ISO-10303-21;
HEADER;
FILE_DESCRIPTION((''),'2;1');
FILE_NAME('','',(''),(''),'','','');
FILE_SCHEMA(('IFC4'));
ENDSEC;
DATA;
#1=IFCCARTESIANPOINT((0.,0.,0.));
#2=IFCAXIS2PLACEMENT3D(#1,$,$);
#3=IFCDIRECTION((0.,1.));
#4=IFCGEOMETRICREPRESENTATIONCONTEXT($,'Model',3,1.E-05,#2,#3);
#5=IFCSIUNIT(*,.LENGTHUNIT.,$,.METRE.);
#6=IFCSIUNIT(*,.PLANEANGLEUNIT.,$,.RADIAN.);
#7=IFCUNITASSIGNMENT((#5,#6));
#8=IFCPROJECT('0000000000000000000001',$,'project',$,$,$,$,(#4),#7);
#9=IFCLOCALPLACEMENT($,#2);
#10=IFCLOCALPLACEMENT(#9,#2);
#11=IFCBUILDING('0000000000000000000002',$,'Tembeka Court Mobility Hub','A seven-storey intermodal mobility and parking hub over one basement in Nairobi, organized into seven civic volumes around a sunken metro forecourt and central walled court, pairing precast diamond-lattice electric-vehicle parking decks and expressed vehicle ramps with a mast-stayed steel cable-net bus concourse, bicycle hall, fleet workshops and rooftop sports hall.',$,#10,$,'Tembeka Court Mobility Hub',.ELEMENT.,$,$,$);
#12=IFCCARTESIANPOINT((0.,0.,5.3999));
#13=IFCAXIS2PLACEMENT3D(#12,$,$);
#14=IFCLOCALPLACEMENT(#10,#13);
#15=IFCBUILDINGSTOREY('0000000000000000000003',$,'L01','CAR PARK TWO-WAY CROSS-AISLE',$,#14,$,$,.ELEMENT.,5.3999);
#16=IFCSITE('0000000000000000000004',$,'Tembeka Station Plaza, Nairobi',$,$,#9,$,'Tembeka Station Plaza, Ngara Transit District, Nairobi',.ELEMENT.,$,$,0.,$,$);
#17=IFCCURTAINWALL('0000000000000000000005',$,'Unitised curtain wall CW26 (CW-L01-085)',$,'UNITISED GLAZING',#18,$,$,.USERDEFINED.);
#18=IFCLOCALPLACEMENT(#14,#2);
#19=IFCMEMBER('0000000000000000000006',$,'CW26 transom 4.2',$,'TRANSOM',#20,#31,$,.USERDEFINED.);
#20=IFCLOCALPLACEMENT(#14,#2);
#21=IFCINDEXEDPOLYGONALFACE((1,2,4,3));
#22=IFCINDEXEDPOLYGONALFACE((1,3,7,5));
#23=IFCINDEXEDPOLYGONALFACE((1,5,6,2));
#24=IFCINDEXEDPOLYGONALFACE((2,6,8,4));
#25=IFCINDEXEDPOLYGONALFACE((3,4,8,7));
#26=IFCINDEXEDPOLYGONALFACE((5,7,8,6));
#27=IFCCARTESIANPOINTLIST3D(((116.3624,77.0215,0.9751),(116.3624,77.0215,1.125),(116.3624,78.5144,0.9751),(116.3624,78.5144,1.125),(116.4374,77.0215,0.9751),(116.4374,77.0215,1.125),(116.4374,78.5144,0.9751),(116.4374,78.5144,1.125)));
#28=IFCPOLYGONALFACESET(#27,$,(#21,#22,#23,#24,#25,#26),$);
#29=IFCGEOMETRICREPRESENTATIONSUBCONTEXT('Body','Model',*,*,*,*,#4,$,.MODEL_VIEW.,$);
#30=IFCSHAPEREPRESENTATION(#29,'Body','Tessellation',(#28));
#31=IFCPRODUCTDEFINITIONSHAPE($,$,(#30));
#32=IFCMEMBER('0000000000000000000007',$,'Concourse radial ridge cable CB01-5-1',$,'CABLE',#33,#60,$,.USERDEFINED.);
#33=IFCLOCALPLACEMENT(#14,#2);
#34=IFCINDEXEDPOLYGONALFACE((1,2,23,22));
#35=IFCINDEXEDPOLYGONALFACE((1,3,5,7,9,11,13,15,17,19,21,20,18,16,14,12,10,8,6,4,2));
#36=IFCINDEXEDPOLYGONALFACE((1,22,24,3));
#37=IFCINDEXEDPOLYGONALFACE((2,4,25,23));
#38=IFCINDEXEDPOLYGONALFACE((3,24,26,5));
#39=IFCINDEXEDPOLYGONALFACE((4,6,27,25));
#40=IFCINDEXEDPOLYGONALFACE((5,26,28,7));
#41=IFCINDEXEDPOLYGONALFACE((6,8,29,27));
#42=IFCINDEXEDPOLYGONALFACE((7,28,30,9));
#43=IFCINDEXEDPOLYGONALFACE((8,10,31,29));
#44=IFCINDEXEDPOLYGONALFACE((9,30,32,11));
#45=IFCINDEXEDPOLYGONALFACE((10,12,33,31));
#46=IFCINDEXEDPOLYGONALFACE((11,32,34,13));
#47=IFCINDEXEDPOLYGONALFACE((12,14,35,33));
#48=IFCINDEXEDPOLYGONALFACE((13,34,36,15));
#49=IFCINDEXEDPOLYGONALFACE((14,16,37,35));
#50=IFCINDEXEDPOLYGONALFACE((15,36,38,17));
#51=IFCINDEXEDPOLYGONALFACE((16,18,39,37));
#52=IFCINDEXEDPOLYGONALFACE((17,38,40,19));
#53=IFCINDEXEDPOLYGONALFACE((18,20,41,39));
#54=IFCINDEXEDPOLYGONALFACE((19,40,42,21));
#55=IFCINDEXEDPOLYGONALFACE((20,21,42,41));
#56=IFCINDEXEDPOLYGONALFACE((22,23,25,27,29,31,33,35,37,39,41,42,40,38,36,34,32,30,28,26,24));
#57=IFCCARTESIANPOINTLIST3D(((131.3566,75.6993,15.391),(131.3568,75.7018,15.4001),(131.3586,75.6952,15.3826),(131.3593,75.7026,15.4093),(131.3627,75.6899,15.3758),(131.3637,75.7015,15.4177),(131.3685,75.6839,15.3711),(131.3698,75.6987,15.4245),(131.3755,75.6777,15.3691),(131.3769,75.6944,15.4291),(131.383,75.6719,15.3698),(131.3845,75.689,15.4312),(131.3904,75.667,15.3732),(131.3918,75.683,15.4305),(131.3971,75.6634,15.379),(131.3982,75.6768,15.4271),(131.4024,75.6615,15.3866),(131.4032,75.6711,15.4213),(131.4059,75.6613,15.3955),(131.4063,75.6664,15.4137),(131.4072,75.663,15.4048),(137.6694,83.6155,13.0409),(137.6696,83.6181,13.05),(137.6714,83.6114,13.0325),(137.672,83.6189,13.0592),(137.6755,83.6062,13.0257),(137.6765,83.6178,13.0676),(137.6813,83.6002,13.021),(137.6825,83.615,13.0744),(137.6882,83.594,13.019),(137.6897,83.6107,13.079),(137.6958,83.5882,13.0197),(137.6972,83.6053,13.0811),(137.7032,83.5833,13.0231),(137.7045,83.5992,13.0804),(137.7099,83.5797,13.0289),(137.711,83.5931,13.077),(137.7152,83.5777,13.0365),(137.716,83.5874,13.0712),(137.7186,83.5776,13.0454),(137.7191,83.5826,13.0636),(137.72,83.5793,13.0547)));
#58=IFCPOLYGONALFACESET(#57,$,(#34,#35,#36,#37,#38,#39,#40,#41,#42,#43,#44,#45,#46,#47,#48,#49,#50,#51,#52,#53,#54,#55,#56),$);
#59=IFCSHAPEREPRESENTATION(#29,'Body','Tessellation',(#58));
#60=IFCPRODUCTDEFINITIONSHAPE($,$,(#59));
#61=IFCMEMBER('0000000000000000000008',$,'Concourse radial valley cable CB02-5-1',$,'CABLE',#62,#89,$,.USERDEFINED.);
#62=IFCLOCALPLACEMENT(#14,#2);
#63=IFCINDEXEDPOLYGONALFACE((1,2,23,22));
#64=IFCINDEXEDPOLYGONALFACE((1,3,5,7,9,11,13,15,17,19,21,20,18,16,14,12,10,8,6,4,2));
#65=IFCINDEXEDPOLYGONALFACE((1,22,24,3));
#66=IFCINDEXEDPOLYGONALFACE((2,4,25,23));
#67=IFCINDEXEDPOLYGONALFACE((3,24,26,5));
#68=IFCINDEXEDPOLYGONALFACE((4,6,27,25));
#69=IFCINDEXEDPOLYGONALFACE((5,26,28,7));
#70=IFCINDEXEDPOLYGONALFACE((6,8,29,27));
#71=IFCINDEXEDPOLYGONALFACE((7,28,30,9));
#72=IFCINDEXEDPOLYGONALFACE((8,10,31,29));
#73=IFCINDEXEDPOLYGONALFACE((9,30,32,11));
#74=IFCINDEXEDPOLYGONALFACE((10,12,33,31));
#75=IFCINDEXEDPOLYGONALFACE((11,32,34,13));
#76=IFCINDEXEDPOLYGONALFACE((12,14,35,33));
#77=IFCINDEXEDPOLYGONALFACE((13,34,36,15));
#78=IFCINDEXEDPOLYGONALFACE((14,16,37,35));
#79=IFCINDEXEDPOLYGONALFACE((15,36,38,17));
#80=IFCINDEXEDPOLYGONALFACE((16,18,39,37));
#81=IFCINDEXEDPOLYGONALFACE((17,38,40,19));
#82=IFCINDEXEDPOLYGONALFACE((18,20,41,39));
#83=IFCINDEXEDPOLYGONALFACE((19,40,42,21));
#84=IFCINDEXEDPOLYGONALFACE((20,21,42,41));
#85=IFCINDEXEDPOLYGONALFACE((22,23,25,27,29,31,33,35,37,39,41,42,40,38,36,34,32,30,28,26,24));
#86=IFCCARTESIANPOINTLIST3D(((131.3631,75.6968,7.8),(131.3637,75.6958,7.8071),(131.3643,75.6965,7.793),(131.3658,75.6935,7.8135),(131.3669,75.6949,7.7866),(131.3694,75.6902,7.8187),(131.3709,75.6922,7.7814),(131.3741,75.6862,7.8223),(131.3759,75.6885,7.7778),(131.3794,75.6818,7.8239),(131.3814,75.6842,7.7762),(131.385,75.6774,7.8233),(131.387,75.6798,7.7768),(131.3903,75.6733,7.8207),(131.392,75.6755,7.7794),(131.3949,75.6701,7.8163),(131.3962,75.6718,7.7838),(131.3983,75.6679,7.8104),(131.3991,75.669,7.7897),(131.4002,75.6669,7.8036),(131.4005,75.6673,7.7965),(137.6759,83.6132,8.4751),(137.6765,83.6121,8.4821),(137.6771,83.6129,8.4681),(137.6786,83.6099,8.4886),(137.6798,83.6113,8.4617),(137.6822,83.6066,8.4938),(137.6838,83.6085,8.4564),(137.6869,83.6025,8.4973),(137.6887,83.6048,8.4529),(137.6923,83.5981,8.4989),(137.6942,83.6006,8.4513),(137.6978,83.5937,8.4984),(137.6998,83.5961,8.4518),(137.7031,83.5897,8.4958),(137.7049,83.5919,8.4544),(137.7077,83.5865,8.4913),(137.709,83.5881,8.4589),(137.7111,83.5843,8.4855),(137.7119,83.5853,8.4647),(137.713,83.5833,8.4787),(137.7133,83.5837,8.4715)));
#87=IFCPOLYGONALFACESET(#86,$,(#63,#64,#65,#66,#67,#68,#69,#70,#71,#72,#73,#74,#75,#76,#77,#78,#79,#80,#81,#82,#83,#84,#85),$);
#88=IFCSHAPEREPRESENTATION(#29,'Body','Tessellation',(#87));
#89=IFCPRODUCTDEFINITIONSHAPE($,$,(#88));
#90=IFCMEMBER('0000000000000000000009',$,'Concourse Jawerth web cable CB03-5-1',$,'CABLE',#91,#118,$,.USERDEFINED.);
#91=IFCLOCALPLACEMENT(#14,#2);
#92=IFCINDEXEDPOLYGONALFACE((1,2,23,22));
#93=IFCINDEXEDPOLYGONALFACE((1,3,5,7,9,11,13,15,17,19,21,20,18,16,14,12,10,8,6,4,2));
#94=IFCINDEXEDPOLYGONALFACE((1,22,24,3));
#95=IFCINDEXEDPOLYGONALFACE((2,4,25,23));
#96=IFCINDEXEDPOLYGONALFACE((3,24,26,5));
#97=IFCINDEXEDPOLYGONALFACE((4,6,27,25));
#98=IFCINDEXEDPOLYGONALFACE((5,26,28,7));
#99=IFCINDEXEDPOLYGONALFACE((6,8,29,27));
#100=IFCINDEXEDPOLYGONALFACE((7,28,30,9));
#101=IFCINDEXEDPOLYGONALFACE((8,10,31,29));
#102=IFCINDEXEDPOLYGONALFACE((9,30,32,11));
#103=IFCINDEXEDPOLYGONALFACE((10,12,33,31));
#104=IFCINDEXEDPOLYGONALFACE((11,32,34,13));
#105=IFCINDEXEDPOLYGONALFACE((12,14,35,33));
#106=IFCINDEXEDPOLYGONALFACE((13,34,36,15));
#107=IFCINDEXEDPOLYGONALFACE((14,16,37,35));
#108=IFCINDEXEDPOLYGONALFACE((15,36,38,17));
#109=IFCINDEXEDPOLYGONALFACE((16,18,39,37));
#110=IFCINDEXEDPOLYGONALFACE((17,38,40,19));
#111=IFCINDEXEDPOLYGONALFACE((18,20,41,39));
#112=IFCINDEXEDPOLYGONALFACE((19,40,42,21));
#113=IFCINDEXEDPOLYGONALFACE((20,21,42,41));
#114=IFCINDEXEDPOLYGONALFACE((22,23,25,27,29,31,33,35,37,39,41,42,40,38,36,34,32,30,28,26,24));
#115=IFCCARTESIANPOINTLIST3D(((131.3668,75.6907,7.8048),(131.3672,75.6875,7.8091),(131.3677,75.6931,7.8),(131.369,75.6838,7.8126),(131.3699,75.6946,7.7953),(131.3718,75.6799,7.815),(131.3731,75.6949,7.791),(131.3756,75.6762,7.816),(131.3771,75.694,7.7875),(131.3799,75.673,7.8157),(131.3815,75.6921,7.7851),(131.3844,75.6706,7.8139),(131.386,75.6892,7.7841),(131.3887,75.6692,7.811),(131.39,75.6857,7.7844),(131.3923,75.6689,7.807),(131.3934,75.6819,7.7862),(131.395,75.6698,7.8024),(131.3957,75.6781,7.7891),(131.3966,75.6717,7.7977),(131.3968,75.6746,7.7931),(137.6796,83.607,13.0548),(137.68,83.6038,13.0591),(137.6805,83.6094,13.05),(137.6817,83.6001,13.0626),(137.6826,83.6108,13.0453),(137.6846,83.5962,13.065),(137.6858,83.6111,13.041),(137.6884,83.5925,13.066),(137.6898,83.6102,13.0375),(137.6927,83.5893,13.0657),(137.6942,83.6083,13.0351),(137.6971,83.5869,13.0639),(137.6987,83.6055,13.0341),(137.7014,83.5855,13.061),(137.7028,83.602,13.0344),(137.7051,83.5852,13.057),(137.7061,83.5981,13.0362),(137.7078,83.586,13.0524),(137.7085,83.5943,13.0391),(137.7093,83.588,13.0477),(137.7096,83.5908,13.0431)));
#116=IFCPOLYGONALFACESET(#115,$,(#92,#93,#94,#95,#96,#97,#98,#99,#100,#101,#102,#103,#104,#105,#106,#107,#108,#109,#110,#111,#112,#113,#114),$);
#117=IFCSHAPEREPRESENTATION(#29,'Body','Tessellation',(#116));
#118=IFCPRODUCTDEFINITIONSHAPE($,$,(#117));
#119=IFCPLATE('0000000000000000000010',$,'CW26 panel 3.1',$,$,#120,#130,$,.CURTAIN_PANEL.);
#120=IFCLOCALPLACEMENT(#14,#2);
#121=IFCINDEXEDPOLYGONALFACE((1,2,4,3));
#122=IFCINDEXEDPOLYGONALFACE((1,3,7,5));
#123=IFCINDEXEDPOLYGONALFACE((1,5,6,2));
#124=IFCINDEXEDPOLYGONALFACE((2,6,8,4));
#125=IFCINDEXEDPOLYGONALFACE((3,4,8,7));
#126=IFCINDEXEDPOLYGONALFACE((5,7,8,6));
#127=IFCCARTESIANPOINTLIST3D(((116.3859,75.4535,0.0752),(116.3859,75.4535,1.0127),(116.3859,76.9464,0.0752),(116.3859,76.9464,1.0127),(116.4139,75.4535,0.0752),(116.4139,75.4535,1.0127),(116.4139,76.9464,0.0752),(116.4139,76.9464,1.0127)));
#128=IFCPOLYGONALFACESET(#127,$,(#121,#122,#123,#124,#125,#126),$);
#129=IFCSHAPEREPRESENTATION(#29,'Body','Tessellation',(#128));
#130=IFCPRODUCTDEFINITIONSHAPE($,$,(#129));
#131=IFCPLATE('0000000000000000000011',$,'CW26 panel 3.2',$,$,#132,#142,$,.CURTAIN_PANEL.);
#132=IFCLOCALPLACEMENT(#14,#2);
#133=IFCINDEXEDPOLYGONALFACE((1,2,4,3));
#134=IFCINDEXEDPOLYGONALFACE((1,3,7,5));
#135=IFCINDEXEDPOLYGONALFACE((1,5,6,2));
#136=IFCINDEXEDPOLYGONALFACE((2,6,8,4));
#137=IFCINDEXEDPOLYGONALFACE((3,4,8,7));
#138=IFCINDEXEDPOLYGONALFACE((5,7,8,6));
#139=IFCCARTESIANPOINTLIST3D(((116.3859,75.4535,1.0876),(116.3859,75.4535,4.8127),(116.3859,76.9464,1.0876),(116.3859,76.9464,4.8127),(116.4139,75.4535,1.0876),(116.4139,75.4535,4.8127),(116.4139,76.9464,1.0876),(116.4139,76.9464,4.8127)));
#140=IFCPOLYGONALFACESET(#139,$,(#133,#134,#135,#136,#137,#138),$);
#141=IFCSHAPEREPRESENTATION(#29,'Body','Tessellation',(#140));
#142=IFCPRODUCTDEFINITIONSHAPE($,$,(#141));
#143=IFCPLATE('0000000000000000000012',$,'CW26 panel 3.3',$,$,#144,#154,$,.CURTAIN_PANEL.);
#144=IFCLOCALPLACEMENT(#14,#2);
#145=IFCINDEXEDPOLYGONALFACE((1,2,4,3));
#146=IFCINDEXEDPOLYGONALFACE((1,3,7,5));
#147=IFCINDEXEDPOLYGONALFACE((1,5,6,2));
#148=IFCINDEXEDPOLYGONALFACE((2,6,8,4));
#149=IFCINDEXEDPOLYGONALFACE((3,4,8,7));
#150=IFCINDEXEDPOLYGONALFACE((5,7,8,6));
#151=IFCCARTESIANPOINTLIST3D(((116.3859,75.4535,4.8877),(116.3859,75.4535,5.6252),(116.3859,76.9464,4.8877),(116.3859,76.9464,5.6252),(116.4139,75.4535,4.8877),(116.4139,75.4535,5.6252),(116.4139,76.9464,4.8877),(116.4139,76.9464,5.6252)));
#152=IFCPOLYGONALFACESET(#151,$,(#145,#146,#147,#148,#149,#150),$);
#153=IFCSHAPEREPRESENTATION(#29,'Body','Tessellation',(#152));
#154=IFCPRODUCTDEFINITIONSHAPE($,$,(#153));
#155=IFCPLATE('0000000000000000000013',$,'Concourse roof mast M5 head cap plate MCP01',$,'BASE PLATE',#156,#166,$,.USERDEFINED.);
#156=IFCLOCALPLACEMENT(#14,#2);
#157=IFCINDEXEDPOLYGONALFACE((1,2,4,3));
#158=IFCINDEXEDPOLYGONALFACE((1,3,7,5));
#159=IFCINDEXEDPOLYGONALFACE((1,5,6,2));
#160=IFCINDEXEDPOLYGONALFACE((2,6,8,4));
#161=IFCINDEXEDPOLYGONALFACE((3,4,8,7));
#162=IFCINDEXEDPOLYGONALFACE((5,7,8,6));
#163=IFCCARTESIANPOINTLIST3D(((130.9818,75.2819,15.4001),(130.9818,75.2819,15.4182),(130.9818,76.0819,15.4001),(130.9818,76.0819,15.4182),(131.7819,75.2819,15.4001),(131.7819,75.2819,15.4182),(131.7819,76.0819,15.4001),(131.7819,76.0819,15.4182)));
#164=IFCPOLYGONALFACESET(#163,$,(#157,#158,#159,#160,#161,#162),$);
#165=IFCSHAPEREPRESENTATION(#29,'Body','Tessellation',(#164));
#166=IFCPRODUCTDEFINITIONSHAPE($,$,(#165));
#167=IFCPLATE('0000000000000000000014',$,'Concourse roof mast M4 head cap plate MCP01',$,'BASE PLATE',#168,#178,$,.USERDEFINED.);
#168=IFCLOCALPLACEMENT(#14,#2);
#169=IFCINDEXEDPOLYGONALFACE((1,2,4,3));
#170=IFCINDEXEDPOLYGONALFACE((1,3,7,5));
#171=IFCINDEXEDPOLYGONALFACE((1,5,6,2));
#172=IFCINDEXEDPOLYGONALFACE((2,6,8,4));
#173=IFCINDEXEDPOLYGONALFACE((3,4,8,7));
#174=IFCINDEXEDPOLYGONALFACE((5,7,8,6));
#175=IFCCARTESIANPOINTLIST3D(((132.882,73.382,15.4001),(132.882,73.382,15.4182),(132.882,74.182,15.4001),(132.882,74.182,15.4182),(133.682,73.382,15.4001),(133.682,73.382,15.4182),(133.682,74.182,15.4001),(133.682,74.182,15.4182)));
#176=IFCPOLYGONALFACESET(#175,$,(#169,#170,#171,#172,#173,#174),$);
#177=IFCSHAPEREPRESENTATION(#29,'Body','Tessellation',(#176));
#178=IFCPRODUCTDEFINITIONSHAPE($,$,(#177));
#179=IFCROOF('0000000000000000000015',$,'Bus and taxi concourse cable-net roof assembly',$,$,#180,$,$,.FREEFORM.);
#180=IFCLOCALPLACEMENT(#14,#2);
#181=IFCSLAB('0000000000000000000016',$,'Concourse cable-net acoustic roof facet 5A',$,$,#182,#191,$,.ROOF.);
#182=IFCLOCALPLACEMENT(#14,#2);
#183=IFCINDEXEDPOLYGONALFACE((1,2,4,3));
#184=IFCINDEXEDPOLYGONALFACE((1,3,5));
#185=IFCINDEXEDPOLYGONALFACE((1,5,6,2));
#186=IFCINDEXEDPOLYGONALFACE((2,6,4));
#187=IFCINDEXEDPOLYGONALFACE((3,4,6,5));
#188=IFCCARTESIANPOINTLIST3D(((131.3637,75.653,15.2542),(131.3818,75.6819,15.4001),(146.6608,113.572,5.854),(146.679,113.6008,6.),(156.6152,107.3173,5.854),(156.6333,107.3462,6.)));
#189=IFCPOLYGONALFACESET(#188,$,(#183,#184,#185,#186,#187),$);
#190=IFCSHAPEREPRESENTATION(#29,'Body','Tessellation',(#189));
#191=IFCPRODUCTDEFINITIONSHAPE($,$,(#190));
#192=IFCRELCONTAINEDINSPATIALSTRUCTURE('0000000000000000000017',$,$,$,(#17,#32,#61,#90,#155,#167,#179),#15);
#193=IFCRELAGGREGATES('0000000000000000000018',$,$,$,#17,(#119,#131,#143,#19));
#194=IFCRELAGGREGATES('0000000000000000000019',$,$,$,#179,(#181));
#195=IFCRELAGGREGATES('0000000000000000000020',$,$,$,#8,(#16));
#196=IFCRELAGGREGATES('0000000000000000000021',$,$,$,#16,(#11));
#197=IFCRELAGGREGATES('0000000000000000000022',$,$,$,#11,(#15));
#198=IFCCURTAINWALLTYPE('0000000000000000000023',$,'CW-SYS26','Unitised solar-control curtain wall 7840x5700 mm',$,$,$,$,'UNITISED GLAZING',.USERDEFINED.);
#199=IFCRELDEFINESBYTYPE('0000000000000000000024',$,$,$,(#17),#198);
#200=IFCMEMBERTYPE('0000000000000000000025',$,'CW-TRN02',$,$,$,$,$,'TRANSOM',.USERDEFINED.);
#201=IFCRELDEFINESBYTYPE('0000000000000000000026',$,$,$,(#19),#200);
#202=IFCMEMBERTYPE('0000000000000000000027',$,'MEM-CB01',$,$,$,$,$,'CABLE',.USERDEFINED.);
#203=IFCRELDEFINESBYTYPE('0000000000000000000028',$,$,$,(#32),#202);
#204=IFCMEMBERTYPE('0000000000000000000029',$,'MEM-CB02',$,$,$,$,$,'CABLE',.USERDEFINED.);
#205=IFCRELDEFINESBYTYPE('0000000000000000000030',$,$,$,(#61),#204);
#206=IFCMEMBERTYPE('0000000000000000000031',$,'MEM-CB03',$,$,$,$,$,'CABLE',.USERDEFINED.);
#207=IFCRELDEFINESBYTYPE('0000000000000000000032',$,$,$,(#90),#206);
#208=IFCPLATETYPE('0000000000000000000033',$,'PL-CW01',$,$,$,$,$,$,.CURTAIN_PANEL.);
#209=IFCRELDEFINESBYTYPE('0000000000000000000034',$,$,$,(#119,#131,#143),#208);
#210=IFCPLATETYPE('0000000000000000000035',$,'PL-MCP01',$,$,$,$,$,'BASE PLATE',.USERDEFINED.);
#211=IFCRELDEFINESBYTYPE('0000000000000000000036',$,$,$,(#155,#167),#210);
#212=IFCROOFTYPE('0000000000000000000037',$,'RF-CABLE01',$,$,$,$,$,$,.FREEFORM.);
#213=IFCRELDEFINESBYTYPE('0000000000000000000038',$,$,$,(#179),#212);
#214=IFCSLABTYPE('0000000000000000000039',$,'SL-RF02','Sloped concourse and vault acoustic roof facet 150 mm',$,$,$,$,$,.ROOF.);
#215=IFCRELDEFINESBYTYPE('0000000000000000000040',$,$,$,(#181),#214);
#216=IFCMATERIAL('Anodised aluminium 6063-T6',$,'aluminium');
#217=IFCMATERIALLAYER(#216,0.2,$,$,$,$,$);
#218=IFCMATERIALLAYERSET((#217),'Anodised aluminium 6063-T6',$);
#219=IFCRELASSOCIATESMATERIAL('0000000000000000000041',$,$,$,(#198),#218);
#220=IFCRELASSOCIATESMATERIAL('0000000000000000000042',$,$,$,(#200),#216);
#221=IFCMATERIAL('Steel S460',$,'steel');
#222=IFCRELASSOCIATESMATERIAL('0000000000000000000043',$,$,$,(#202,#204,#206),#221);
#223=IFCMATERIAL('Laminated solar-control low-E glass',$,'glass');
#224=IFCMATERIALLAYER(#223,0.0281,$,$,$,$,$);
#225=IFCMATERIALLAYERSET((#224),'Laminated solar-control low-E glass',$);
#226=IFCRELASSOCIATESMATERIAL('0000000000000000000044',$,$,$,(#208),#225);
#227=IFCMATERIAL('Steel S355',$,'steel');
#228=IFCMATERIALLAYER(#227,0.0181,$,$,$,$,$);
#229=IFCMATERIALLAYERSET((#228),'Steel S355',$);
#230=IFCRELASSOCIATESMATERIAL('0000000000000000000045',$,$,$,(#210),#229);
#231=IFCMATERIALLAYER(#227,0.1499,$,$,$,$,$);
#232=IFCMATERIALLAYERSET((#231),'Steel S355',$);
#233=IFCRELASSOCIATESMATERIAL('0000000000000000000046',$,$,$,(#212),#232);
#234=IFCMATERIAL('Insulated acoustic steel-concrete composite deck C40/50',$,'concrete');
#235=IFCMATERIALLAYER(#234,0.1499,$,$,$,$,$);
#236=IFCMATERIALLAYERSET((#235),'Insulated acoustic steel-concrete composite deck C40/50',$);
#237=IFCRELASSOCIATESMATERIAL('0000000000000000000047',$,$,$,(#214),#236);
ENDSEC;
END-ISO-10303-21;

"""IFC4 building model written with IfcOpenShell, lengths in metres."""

from ifc_helpers import new_model, si_unit, direction, frame, origin, origin_2d, place, context, subcontext, project, spatial, polyline, rectangle, circle, outline, extrude, material, layer, layer_set, material_profile, profile_set, type_object, element, aggregate, save


model = new_model("IFC4")

# Units and contexts
model_context = context("Model", 3, precision=1e-05, world=origin(), true_north=direction((0.0, 1.0)))
body_context = subcontext(model_context, "Body", "Model", "MODEL_VIEW")
ifc_project = project(units=[si_unit("LENGTHUNIT", "METRE"), si_unit("PLANEANGLEUNIT", "RADIAN")], contexts=[model_context])

# Site, building, storey
site_placement = place(None, origin())
site = spatial("IfcSite", under=ifc_project, at=site_placement, Name="Tembeka Station Plaza, Nairobi", LongName="Tembeka Station Plaza, Ngara Transit District, Nairobi", CompositionType="ELEMENT", RefElevation=0.0)
building_placement = place(site_placement, origin())
building = spatial("IfcBuilding", under=site, at=building_placement, Name="Tembeka Court Mobility Hub", Description="A seven-storey intermodal mobility and parking hub over one basement in Nairobi, organized into seven civic volumes around a sunken metro forecourt and central walled court, pairing precast diamond-lattice electric-vehicle parking decks and expressed vehicle ramps with a mast-stayed steel cable-net bus concourse, bicycle hall, fleet workshops and rooftop sports hall.", LongName="Tembeka Court Mobility Hub", CompositionType="ELEMENT")
storey_placement = place(building_placement, frame((0.0, 0.0, 5.3999)))
storey = spatial("IfcBuildingStorey", under=building, at=storey_placement, Name="L01", Description="CAR PARK TWO-WAY CROSS-AISLE", CompositionType="ELEMENT", Elevation=5.3999)

# Shared definitions
ifc_material_1 = material(Name="Steel S355", Category="steel")

# Curtain wall, member
ifc_material_2 = material(Name="Anodised aluminium 6063-T6", Category="aluminium")
ifc_layer_1 = layer(ifc_material_2, 0.2)
ifc_layer_set_1 = layer_set([ifc_layer_1], Name="Anodised aluminium 6063-T6")
curtain_wall_type = type_object("IfcCurtainWallType", Name="CW-SYS26", Description="Unitised solar-control curtain wall 7840x5700 mm", ElementType="UNITISED GLAZING", PredefinedType="USERDEFINED", material=ifc_layer_set_1)
curtain_wall_placement = place(storey_placement, origin())
curtain_wall = element("IfcCurtainWall", 1, at=curtain_wall_placement, inside=storey, type_object=curtain_wall_type, Name="Unitised curtain wall CW26 (CW-L01-085)", ObjectType="UNITISED GLAZING", PredefinedType="USERDEFINED")
ifc_material_profile_1 = material_profile(ifc_material_2, rectangle(XDim=0.075, YDim=0.1499, at=origin_2d()), Name="ALU-TRN 75x150")
ifc_profile_set_1 = profile_set([ifc_material_profile_1], Name="Anodised aluminium 6063-T6")
member_type_1 = type_object("IfcMemberType", Name="CW-TRN02", ElementType="TRANSOM", PredefinedType="USERDEFINED", material=ifc_profile_set_1)
member_1_placement = place(storey_placement, frame((116.3999, 77.0215, 1.05), z_axis=(0.0, 1.0, 0.0), x_axis=(-1.0, 0.0, 0.0)))
member_1 = element("IfcMember", 2, at=member_1_placement, type_object=member_type_1, Name="CW26 transom 4.2", ObjectType="TRANSOM", PredefinedType="USERDEFINED", context=body_context, shape_type="SweptSolid", body=[
    extrude(rectangle(XDim=0.075, YDim=0.1499, at=origin_2d()), origin(), (0.0, 0.0, 1.0), 1.4929),
])

# Members
ifc_material_3 = material(Name="Steel S460", Category="steel")
ifc_material_profile_2 = material_profile(ifc_material_3, circle(Radius=0.032, at=origin_2d()), Name="CABLE D64")
ifc_profile_set_2 = profile_set([ifc_material_profile_2], Name="Steel S460")
member_type_2 = type_object("IfcMemberType", Name="MEM-CB01", ElementType="CABLE", PredefinedType="USERDEFINED", material=ifc_profile_set_2)
member_2_placement = place(storey_placement, frame((131.3818, 75.6819, 15.4001), z_axis=(0.607329, 0.761598, -0.226095), x_axis=(-0.781844, 0.623474, 0.0)))
element("IfcMember", 3, at=member_2_placement, inside=storey, type_object=member_type_2, Name="Concourse radial ridge cable CB01-5-1", ObjectType="CABLE", PredefinedType="USERDEFINED", context=body_context, shape_type="SweptSolid", body=[
    extrude(circle(Radius=0.032, at=origin_2d()), origin(), (0.0, 0.0, 1.0), 10.3943),
])
ifc_material_profile_3 = material_profile(ifc_material_3, circle(Radius=0.0239, at=origin_2d()), Name="CABLE D48")
ifc_profile_set_3 = profile_set([ifc_material_profile_3], Name="Steel S460")
member_type_3 = type_object("IfcMemberType", Name="MEM-CB02", ElementType="CABLE", PredefinedType="USERDEFINED", material=ifc_profile_set_3)
member_3_placement = place(storey_placement, frame((131.3818, 75.6819, 7.8), z_axis=(0.622093, 0.780112, 0.066523), x_axis=(-0.781844, 0.623474, 0.0)))
element("IfcMember", 4, at=member_3_placement, inside=storey, type_object=member_type_3, Name="Concourse radial valley cable CB02-5-1", ObjectType="CABLE", PredefinedType="USERDEFINED", context=body_context, shape_type="SweptSolid", body=[
    extrude(circle(Radius=0.0239, at=origin_2d()), origin(), (0.0, 0.0, 1.0), 10.1477),
])
ifc_material_profile_4 = material_profile(ifc_material_3, circle(Radius=0.0181, at=origin_2d()), Name="CABLE D36")
ifc_profile_set_4 = profile_set([ifc_material_profile_4], Name="Steel S460")
member_type_4 = type_object("IfcMemberType", Name="MEM-CB03", ElementType="CABLE", PredefinedType="USERDEFINED", material=ifc_profile_set_4)
member_4_placement = place(storey_placement, frame((131.3818, 75.6819, 7.8), z_axis=(0.553493, 0.694087, 0.460313), x_axis=(-0.781844, 0.623474, 0.0)))
element("IfcMember", 5, at=member_4_placement, inside=storey, type_object=member_type_4, Name="Concourse Jawerth web cable CB03-5-1", ObjectType="CABLE", PredefinedType="USERDEFINED", context=body_context, shape_type="SweptSolid", body=[
    extrude(circle(Radius=0.0181, at=origin_2d()), origin(), (0.0, 0.0, 1.0), 11.4053),
])

# Plates
ifc_material_4 = material(Name="Laminated solar-control low-E glass", Category="glass")
ifc_layer_2 = layer(ifc_material_4, 0.0281)
ifc_layer_set_2 = layer_set([ifc_layer_2], Name="Laminated solar-control low-E glass")
plate_type_1 = type_object("IfcPlateType", Name="PL-CW01", PredefinedType="CURTAIN_PANEL", material=ifc_layer_set_2)
plate_1_placement = place(storey_placement, frame((116.3999, 76.2, 0.0752), z_axis=(0.0, 0.0, 1.0), x_axis=(0.0, 1.0, 0.0)))
plate_1 = element("IfcPlate", 6, at=plate_1_placement, type_object=plate_type_1, Name="CW26 panel 3.1", PredefinedType="CURTAIN_PANEL", context=body_context, shape_type="SweptSolid", body=[
    extrude(rectangle(XDim=1.4929, YDim=0.0281, at=origin_2d()), origin(), (0.0, 0.0, 1.0), 0.9375),
])
plate_2_placement = place(storey_placement, frame((116.3999, 76.2, 1.0876), z_axis=(0.0, 0.0, 1.0), x_axis=(0.0, 1.0, 0.0)))
plate_2 = element("IfcPlate", 7, at=plate_2_placement, type_object=plate_type_1, Name="CW26 panel 3.2", PredefinedType="CURTAIN_PANEL", context=body_context, shape_type="SweptSolid", body=[
    extrude(rectangle(XDim=1.4929, YDim=0.0281, at=origin_2d()), origin(), (0.0, 0.0, 1.0), 3.7251),
])
plate_3_placement = place(storey_placement, frame((116.3999, 76.2, 4.8877), z_axis=(0.0, 0.0, 1.0), x_axis=(0.0, 1.0, 0.0)))
plate_3 = element("IfcPlate", 8, at=plate_3_placement, type_object=plate_type_1, Name="CW26 panel 3.3", PredefinedType="CURTAIN_PANEL", context=body_context, shape_type="SweptSolid", body=[
    extrude(rectangle(XDim=1.4929, YDim=0.0281, at=origin_2d()), origin(), (0.0, 0.0, 1.0), 0.7375),
])
aggregate(curtain_wall, [plate_1, plate_2, plate_3, member_1])

# Plates
ifc_layer_3 = layer(ifc_material_1, 0.0181)
ifc_layer_set_3 = layer_set([ifc_layer_3], Name="Steel S355")
plate_type_2 = type_object("IfcPlateType", Name="PL-MCP01", ElementType="BASE PLATE", PredefinedType="USERDEFINED", material=ifc_layer_set_3)
for number, where, z_axis, x_axis, name in (
    (9, (131.3818, 75.6819, 15.4001), (0.0, 0.0, 1.0), (1.0, 0.0, 0.0), "Concourse roof mast M5 head cap plate MCP01"),
    (10, (133.282, 73.782, 15.4001), (0.0, 0.0, 1.0), (1.0, 0.0, 0.0), "Concourse roof mast M4 head cap plate MCP01"),
):
    element("IfcPlate", number, at=place(storey_placement, frame(where, z_axis=z_axis, x_axis=x_axis)), inside=storey, type_object=plate_type_2, Name=name, ObjectType="BASE PLATE", PredefinedType="USERDEFINED", context=body_context, shape_type="SweptSolid", body=[
        extrude(rectangle(XDim=0.8, YDim=0.8, at=origin_2d()), origin(), (0.0, 0.0, 1.0), 0.0181),
    ])

# Roof, slab
ifc_layer_4 = layer(ifc_material_1, 0.1499)
ifc_layer_set_4 = layer_set([ifc_layer_4], Name="Steel S355")
roof_type = type_object("IfcRoofType", Name="RF-CABLE01", PredefinedType="FREEFORM", material=ifc_layer_set_4)
roof_placement = place(storey_placement, origin())
roof = element("IfcRoof", 11, at=roof_placement, inside=storey, type_object=roof_type, Name="Bus and taxi concourse cable-net roof assembly", PredefinedType="FREEFORM")
ifc_material_5 = material(Name="Insulated acoustic steel-concrete composite deck C40/50", Category="concrete")
ifc_layer_5 = layer(ifc_material_5, 0.1499)
ifc_layer_set_5 = layer_set([ifc_layer_5], Name="Insulated acoustic steel-concrete composite deck C40/50")
slab_type = type_object("IfcSlabType", Name="SL-RF02", Description="Sloped concourse and vault acoustic roof facet 150 mm", PredefinedType="ROOF", material=ifc_layer_set_5)
slab_1_placement = place(storey_placement, frame((131.3818, 75.6819, 15.4001), z_axis=(0.121009, 0.192587, 0.97379), x_axis=(0.607346, 0.761587, -0.226091)))
slab_1 = element("IfcSlab", 12, at=slab_1_placement, type_object=slab_type, Name="Concourse cable-net acoustic roof facet 5A", PredefinedType="ROOF", context=body_context, shape_type="SweptSolid", body=[
    extrude(outline(polyline([(0.0, 0.0), (41.5768, 0.0), (40.2945, 11.6861), (0.0, 0.0)])), origin(), (0.0, 0.0, -1.0), 0.1499),
])
aggregate(roof, [slab_1])

save(model, "model.ifc")
